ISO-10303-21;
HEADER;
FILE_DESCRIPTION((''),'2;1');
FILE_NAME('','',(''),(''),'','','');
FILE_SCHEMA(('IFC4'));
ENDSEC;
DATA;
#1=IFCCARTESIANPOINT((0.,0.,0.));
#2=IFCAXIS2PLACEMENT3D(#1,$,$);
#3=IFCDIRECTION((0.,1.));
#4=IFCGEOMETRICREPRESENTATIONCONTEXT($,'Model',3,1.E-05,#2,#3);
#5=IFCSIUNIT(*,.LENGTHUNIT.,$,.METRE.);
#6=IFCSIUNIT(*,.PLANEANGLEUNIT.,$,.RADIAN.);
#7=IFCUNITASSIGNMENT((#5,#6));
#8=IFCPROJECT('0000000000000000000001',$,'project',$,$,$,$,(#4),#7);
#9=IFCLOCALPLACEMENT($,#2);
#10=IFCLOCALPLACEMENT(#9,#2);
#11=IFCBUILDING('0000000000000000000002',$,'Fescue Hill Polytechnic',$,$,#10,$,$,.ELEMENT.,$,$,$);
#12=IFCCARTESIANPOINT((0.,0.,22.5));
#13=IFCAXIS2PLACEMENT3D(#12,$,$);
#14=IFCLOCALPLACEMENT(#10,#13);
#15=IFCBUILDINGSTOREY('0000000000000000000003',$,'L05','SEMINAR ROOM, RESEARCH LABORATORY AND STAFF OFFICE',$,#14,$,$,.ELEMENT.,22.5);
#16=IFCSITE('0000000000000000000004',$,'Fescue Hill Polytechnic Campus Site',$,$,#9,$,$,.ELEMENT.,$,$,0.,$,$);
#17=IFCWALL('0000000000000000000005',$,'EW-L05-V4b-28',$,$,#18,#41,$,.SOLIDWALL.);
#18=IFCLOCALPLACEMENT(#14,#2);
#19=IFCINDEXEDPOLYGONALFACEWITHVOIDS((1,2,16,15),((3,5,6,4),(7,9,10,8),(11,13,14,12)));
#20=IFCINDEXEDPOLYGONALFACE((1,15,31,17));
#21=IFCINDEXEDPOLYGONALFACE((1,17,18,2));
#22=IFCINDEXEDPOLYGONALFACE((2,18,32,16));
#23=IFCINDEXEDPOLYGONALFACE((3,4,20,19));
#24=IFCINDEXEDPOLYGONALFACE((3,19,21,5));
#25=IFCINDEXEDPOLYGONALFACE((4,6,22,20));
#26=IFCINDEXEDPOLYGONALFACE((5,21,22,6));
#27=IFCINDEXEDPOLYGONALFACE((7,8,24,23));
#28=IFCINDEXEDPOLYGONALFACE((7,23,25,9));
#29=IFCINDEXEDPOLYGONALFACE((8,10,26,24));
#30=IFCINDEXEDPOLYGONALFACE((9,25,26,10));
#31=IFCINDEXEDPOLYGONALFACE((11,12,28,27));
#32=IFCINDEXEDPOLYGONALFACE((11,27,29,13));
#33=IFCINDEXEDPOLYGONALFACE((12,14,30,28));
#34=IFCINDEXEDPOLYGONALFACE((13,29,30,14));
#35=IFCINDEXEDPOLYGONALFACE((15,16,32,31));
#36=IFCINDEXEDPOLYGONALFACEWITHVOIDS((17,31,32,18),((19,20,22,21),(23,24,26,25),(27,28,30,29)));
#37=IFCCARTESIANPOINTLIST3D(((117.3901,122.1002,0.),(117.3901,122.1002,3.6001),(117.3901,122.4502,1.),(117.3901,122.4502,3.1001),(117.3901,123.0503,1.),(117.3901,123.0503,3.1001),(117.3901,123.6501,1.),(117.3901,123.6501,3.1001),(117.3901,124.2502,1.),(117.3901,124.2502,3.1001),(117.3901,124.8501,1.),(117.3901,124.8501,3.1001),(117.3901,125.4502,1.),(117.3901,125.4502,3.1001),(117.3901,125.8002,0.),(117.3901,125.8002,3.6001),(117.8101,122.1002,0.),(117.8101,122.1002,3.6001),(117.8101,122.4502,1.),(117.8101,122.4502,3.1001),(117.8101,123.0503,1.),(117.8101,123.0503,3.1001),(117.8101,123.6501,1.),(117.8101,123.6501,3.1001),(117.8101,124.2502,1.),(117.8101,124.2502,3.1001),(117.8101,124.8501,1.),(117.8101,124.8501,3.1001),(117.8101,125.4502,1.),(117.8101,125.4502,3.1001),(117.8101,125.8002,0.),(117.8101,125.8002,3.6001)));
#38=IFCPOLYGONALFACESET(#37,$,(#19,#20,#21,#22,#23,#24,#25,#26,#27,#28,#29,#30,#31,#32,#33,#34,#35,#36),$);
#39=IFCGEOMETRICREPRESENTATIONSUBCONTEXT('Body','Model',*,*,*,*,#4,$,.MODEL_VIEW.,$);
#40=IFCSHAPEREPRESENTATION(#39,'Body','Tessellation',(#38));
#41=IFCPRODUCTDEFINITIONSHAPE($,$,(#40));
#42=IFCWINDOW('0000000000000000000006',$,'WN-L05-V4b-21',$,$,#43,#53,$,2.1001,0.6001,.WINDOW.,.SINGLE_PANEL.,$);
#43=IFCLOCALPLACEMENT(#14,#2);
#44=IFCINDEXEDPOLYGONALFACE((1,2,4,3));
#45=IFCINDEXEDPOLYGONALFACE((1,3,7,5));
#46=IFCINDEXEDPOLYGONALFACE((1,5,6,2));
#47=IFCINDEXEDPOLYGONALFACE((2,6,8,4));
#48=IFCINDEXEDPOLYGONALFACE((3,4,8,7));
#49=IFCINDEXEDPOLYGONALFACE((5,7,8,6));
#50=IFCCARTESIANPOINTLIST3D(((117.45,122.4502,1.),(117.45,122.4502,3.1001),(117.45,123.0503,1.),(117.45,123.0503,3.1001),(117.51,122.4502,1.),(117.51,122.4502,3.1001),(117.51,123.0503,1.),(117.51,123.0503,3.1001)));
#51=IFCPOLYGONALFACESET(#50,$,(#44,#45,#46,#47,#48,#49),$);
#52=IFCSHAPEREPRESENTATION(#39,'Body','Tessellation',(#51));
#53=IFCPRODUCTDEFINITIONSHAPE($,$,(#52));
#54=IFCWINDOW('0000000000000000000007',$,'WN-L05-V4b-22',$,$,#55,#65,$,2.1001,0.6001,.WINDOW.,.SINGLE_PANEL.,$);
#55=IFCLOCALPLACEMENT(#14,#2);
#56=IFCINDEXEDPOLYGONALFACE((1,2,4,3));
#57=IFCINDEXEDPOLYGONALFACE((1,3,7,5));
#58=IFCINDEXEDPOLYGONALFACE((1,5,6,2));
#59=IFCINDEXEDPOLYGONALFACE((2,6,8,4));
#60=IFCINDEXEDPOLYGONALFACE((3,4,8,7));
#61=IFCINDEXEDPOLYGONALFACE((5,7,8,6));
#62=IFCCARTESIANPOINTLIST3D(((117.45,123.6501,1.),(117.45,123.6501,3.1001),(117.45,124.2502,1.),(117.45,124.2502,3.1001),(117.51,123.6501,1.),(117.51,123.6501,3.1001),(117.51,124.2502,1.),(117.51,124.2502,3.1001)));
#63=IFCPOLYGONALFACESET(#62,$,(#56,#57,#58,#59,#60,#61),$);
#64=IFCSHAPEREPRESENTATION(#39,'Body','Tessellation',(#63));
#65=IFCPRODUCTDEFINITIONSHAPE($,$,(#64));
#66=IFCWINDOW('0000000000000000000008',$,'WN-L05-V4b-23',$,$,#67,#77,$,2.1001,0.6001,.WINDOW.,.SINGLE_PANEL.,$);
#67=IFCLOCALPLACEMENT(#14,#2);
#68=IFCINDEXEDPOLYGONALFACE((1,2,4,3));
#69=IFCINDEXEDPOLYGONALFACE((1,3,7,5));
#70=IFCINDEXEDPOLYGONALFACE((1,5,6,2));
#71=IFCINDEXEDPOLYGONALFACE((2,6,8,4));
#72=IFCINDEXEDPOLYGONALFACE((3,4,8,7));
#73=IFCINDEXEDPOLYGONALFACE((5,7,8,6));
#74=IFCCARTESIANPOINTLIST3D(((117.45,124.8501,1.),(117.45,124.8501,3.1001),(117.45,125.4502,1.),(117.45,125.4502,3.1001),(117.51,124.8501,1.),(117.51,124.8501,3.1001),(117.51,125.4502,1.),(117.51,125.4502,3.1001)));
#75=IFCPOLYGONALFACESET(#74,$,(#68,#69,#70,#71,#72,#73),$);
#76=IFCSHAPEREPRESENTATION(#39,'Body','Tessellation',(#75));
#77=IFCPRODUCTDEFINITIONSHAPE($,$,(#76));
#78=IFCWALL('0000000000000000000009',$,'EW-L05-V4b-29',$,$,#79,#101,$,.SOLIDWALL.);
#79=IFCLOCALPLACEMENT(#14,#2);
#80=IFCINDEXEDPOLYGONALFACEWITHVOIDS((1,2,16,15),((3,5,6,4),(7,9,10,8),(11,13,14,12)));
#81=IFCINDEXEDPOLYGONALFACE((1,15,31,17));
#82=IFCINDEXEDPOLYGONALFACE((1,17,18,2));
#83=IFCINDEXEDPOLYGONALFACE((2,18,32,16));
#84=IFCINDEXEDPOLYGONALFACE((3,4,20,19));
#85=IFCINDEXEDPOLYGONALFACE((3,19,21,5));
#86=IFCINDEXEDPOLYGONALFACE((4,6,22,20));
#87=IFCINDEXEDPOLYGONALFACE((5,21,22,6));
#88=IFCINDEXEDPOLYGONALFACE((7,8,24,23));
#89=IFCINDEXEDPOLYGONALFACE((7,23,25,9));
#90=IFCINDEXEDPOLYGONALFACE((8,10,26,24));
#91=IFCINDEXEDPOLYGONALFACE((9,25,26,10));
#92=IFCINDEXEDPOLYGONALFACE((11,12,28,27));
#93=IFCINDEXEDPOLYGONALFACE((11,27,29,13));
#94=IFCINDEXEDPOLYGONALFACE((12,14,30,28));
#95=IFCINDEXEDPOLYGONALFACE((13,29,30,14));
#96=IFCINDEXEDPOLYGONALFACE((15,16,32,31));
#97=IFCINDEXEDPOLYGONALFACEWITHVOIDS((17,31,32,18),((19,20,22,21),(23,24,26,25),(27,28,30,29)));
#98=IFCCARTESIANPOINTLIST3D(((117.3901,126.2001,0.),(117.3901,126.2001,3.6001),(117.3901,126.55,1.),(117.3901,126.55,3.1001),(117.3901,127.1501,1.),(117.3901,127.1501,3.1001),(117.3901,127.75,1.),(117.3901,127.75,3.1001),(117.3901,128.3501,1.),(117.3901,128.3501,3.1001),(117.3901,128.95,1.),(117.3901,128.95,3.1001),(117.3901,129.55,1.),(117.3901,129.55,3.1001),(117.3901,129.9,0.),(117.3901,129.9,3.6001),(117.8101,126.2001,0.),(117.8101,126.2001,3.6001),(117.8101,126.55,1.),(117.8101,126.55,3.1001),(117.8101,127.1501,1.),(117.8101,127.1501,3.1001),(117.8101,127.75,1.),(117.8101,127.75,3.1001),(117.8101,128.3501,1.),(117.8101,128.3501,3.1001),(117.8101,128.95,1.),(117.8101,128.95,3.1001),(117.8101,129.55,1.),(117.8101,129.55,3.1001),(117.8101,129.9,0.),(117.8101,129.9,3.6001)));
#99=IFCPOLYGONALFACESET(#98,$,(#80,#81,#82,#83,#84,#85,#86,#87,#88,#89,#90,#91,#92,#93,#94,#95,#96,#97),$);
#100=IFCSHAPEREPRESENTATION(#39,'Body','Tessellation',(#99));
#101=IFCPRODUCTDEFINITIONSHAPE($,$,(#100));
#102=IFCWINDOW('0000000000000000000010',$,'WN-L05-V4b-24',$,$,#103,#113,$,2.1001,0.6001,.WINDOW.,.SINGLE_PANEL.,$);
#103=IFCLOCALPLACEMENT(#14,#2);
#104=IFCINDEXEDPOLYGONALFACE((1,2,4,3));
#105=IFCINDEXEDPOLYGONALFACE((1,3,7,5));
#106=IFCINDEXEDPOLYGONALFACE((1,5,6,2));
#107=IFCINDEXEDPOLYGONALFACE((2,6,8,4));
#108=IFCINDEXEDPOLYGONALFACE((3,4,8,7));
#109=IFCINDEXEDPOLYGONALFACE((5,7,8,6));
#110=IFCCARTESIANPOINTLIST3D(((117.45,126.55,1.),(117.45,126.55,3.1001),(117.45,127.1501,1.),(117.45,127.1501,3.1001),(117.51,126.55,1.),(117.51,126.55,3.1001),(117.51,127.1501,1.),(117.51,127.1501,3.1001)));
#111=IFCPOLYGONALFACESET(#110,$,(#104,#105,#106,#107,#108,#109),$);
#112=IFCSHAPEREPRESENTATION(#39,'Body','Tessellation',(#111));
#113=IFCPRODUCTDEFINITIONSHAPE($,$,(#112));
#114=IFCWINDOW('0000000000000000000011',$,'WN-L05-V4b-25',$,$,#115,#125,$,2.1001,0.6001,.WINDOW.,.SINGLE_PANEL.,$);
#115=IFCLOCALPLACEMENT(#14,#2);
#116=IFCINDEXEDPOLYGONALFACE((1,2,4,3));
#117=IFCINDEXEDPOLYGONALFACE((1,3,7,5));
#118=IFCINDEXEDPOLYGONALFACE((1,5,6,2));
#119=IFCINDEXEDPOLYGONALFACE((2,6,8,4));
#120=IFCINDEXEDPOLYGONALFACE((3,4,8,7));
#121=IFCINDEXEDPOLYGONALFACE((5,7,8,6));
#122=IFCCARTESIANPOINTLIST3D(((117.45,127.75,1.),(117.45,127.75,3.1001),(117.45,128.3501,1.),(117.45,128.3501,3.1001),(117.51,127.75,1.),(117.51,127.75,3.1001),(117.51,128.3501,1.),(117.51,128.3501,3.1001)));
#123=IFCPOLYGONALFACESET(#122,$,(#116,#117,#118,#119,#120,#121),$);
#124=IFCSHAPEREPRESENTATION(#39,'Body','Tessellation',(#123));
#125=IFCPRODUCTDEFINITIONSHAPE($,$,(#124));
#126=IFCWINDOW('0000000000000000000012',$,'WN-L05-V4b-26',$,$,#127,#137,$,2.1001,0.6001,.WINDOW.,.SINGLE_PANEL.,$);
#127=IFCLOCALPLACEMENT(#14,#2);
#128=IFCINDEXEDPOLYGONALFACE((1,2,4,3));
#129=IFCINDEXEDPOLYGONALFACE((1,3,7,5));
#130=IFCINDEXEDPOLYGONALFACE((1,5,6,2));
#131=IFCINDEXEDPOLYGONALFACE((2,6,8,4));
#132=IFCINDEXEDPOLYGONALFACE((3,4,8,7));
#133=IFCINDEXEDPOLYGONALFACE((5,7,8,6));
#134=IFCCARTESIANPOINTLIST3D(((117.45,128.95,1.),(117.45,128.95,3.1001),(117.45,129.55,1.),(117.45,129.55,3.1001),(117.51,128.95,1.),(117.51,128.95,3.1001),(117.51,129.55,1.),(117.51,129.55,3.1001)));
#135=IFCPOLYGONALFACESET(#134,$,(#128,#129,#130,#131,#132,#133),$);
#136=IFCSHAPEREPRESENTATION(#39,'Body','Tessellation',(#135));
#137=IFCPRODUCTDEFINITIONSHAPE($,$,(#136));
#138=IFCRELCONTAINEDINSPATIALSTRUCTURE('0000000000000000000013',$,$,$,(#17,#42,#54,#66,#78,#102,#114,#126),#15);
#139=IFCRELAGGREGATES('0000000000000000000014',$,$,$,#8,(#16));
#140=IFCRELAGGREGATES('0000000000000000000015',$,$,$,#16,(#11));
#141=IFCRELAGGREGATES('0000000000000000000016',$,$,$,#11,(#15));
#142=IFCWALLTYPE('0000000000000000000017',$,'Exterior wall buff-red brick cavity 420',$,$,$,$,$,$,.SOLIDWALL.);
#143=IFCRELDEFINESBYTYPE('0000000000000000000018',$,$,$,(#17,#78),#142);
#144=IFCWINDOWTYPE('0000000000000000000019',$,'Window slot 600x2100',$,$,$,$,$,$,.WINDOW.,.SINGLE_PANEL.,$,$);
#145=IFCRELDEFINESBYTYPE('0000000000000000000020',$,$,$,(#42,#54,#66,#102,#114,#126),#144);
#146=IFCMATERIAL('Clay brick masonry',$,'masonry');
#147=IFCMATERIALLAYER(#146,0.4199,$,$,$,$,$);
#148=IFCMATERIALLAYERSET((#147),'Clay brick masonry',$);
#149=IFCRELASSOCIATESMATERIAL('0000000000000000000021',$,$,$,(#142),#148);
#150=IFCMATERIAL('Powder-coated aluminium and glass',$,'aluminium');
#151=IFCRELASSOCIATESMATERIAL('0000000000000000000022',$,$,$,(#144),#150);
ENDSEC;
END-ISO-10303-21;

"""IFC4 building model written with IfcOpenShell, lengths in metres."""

from ifc_helpers import new_model, si_unit, direction, frame, frame_2d, origin, place, context, subcontext, project, spatial, rectangle, extrude, material, layer, layer_set, type_object, element, fill, save


model = new_model("IFC4")

# Units and contexts
model_context = context("Model", 3, precision=1e-05, world=origin(), true_north=direction((0.0, 1.0)))
body_context = subcontext(model_context, "Body", "Model", "MODEL_VIEW")
ifc_project = project(units=[si_unit("LENGTHUNIT", "METRE"), si_unit("PLANEANGLEUNIT", "RADIAN")], contexts=[model_context])

# Site, building, storey
site_placement = place(None, origin())
site = spatial("IfcSite", under=ifc_project, at=site_placement, Name="Fescue Hill Polytechnic Campus Site", CompositionType="ELEMENT", RefElevation=0.0)
building_placement = place(site_placement, origin())
building = spatial("IfcBuilding", under=site, at=building_placement, Name="Fescue Hill Polytechnic", CompositionType="ELEMENT")
storey_placement = place(building_placement, frame((0.0, 0.0, 22.5)))
storey = spatial("IfcBuildingStorey", under=building, at=storey_placement, Name="L05", Description="SEMINAR ROOM, RESEARCH LABORATORY AND STAFF OFFICE", CompositionType="ELEMENT", Elevation=22.5)

# Shared definitions
ifc_material_1 = material(Name="Clay brick masonry", Category="masonry")

# Walls, openings, windows
ifc_layer_1 = layer(ifc_material_1, 0.4199)
ifc_layer_set_1 = layer_set([ifc_layer_1], Name="Clay brick masonry")
wall_type_1 = type_object("IfcWallType", Name="Exterior wall buff-red brick cavity 420", PredefinedType="SOLIDWALL", material=ifc_layer_set_1)
wall_1_placement = place(storey_placement, frame((117.6001, 122.1001, 0.0), z_axis=(0.0, 0.0, 1.0), x_axis=(0.0, 1.0, 0.0)))
wall_1 = element("IfcWall", 1, at=wall_1_placement, inside=storey, type_object=wall_type_1, Name="EW-L05-V4b-28", PredefinedType="SOLIDWALL", context=body_context, shape_type="SweptSolid", body=[
    extrude(rectangle(XDim=3.7, YDim=0.4199, at=frame_2d((1.8501, 0.0))), origin(), (0.0, 0.0, 1.0), 3.6001),
])
opening_1_placement = place(wall_1_placement, frame((0.3501, 0.0, 1.0)))
opening_1 = element("IfcOpeningElement", 2, at=opening_1_placement, cuts=wall_1, PredefinedType="OPENING", context=body_context, shape_type="SweptSolid", body=[
    extrude(rectangle(XDim=0.6001, YDim=2.1001, at=frame_2d((0.3, 1.05))), frame((0.0, 0.22, 0.0), z_axis=(0.0, -1.0, 0.0), x_axis=(1.0, 0.0, 0.0)), (0.0, 0.0, 1.0), 0.4399),
])
opening_2_placement = place(wall_1_placement, frame((1.55, 0.0, 1.0)))
opening_2 = element("IfcOpeningElement", 3, at=opening_2_placement, cuts=wall_1, PredefinedType="OPENING", context=body_context, shape_type="SweptSolid", body=[
    extrude(rectangle(XDim=0.6001, YDim=2.1001, at=frame_2d((0.3, 1.05))), frame((0.0, 0.22, 0.0), z_axis=(0.0, -1.0, 0.0), x_axis=(1.0, 0.0, 0.0)), (0.0, 0.0, 1.0), 0.4399),
])
opening_3_placement = place(wall_1_placement, frame((2.75, 0.0, 1.0)))
opening_3 = element("IfcOpeningElement", 4, at=opening_3_placement, cuts=wall_1, PredefinedType="OPENING", context=body_context, shape_type="SweptSolid", body=[
    extrude(rectangle(XDim=0.6001, YDim=2.1001, at=frame_2d((0.3, 1.05))), frame((0.0, 0.22, 0.0), z_axis=(0.0, -1.0, 0.0), x_axis=(1.0, 0.0, 0.0)), (0.0, 0.0, 1.0), 0.4399),
])
ifc_material_2 = material(Name="Powder-coated aluminium and glass", Category="aluminium")
window_type = type_object("IfcWindowType", Name="Window slot 600x2100", PartitioningType="SINGLE_PANEL", PredefinedType="WINDOW", material=ifc_material_2)
window_1_placement = place(opening_1_placement, origin())
window_1 = element("IfcWindow", 5, at=window_1_placement, inside=storey, type_object=window_type, Name="WN-L05-V4b-21", OverallHeight=2.1001, OverallWidth=0.6001, PartitioningType="SINGLE_PANEL", PredefinedType="WINDOW", context=body_context, shape_type="SweptSolid", body=[
    extrude(rectangle(XDim=0.6001, YDim=2.1001, at=frame_2d((0.3, 1.05))), frame((0.0, 0.1501, 0.0), z_axis=(0.0, -1.0, 0.0), x_axis=(1.0, 0.0, 0.0)), (0.0, 0.0, 1.0), 0.0601),
])
fill(opening_1, window_1)
window_2_placement = place(opening_2_placement, origin())
window_2 = element("IfcWindow", 6, at=window_2_placement, inside=storey, type_object=window_type, Name="WN-L05-V4b-22", OverallHeight=2.1001, OverallWidth=0.6001, PartitioningType="SINGLE_PANEL", PredefinedType="WINDOW", context=body_context, shape_type="SweptSolid", body=[
    extrude(rectangle(XDim=0.6001, YDim=2.1001, at=frame_2d((0.3, 1.05))), frame((0.0, 0.1501, 0.0), z_axis=(0.0, -1.0, 0.0), x_axis=(1.0, 0.0, 0.0)), (0.0, 0.0, 1.0), 0.0601),
])
fill(opening_2, window_2)
window_3_placement = place(opening_3_placement, origin())
window_3 = element("IfcWindow", 7, at=window_3_placement, inside=storey, type_object=window_type, Name="WN-L05-V4b-23", OverallHeight=2.1001, OverallWidth=0.6001, PartitioningType="SINGLE_PANEL", PredefinedType="WINDOW", context=body_context, shape_type="SweptSolid", body=[
    extrude(rectangle(XDim=0.6001, YDim=2.1001, at=frame_2d((0.3, 1.05))), frame((0.0, 0.1501, 0.0), z_axis=(0.0, -1.0, 0.0), x_axis=(1.0, 0.0, 0.0)), (0.0, 0.0, 1.0), 0.0601),
])
fill(opening_3, window_3)
wall_2_placement = place(storey_placement, frame((117.6001, 126.2, 0.0), z_axis=(0.0, 0.0, 1.0), x_axis=(0.0, 1.0, 0.0)))
wall_2 = element("IfcWall", 8, at=wall_2_placement, inside=storey, type_object=wall_type_1, Name="EW-L05-V4b-29", PredefinedType="SOLIDWALL", context=body_context, shape_type="SweptSolid", body=[
    extrude(rectangle(XDim=3.7, YDim=0.4199, at=frame_2d((1.8501, 0.0))), origin(), (0.0, 0.0, 1.0), 3.6001),
])
opening_4_placement = place(wall_2_placement, frame((0.3501, 0.0, 1.0)))
opening_4 = element("IfcOpeningElement", 9, at=opening_4_placement, cuts=wall_2, PredefinedType="OPENING", context=body_context, shape_type="SweptSolid", body=[
    extrude(rectangle(XDim=0.6001, YDim=2.1001, at=frame_2d((0.3, 1.05))), frame((0.0, 0.22, 0.0), z_axis=(0.0, -1.0, 0.0), x_axis=(1.0, 0.0, 0.0)), (0.0, 0.0, 1.0), 0.4399),
])
opening_5_placement = place(wall_2_placement, frame((1.55, 0.0, 1.0)))
opening_5 = element("IfcOpeningElement", 10, at=opening_5_placement, cuts=wall_2, PredefinedType="OPENING", context=body_context, shape_type="SweptSolid", body=[
    extrude(rectangle(XDim=0.6001, YDim=2.1001, at=frame_2d((0.3, 1.05))), frame((0.0, 0.22, 0.0), z_axis=(0.0, -1.0, 0.0), x_axis=(1.0, 0.0, 0.0)), (0.0, 0.0, 1.0), 0.4399),
])
opening_6_placement = place(wall_2_placement, frame((2.75, 0.0, 1.0)))
opening_6 = element("IfcOpeningElement", 11, at=opening_6_placement, cuts=wall_2, PredefinedType="OPENING", context=body_context, shape_type="SweptSolid", body=[
    extrude(rectangle(XDim=0.6001, YDim=2.1001, at=frame_2d((0.3, 1.05))), frame((0.0, 0.22, 0.0), z_axis=(0.0, -1.0, 0.0), x_axis=(1.0, 0.0, 0.0)), (0.0, 0.0, 1.0), 0.4399),
])
window_4_placement = place(opening_4_placement, origin())
window_4 = element("IfcWindow", 12, at=window_4_placement, inside=storey, type_object=window_type, Name="WN-L05-V4b-24", OverallHeight=2.1001, OverallWidth=0.6001, PartitioningType="SINGLE_PANEL", PredefinedType="WINDOW", context=body_context, shape_type="SweptSolid", body=[
    extrude(rectangle(XDim=0.6001, YDim=2.1001, at=frame_2d((0.3, 1.05))), frame((0.0, 0.1501, 0.0), z_axis=(0.0, -1.0, 0.0), x_axis=(1.0, 0.0, 0.0)), (0.0, 0.0, 1.0), 0.0601),
])
fill(opening_4, window_4)
window_5_placement = place(opening_5_placement, origin())
window_5 = element("IfcWindow", 13, at=window_5_placement, inside=storey, type_object=window_type, Name="WN-L05-V4b-25", OverallHeight=2.1001, OverallWidth=0.6001, PartitioningType="SINGLE_PANEL", PredefinedType="WINDOW", context=body_context, shape_type="SweptSolid", body=[
    extrude(rectangle(XDim=0.6001, YDim=2.1001, at=frame_2d((0.3, 1.05))), frame((0.0, 0.1501, 0.0), z_axis=(0.0, -1.0, 0.0), x_axis=(1.0, 0.0, 0.0)), (0.0, 0.0, 1.0), 0.0601),
])
fill(opening_5, window_5)
window_6_placement = place(opening_6_placement, origin())
window_6 = element("IfcWindow", 14, at=window_6_placement, inside=storey, type_object=window_type, Name="WN-L05-V4b-26", OverallHeight=2.1001, OverallWidth=0.6001, PartitioningType="SINGLE_PANEL", PredefinedType="WINDOW", context=body_context, shape_type="SweptSolid", body=[
    extrude(rectangle(XDim=0.6001, YDim=2.1001, at=frame_2d((0.3, 1.05))), frame((0.0, 0.1501, 0.0), z_axis=(0.0, -1.0, 0.0), x_axis=(1.0, 0.0, 0.0)), (0.0, 0.0, 1.0), 0.0601),
])
fill(opening_6, window_6)

save(model, "model.ifc")
